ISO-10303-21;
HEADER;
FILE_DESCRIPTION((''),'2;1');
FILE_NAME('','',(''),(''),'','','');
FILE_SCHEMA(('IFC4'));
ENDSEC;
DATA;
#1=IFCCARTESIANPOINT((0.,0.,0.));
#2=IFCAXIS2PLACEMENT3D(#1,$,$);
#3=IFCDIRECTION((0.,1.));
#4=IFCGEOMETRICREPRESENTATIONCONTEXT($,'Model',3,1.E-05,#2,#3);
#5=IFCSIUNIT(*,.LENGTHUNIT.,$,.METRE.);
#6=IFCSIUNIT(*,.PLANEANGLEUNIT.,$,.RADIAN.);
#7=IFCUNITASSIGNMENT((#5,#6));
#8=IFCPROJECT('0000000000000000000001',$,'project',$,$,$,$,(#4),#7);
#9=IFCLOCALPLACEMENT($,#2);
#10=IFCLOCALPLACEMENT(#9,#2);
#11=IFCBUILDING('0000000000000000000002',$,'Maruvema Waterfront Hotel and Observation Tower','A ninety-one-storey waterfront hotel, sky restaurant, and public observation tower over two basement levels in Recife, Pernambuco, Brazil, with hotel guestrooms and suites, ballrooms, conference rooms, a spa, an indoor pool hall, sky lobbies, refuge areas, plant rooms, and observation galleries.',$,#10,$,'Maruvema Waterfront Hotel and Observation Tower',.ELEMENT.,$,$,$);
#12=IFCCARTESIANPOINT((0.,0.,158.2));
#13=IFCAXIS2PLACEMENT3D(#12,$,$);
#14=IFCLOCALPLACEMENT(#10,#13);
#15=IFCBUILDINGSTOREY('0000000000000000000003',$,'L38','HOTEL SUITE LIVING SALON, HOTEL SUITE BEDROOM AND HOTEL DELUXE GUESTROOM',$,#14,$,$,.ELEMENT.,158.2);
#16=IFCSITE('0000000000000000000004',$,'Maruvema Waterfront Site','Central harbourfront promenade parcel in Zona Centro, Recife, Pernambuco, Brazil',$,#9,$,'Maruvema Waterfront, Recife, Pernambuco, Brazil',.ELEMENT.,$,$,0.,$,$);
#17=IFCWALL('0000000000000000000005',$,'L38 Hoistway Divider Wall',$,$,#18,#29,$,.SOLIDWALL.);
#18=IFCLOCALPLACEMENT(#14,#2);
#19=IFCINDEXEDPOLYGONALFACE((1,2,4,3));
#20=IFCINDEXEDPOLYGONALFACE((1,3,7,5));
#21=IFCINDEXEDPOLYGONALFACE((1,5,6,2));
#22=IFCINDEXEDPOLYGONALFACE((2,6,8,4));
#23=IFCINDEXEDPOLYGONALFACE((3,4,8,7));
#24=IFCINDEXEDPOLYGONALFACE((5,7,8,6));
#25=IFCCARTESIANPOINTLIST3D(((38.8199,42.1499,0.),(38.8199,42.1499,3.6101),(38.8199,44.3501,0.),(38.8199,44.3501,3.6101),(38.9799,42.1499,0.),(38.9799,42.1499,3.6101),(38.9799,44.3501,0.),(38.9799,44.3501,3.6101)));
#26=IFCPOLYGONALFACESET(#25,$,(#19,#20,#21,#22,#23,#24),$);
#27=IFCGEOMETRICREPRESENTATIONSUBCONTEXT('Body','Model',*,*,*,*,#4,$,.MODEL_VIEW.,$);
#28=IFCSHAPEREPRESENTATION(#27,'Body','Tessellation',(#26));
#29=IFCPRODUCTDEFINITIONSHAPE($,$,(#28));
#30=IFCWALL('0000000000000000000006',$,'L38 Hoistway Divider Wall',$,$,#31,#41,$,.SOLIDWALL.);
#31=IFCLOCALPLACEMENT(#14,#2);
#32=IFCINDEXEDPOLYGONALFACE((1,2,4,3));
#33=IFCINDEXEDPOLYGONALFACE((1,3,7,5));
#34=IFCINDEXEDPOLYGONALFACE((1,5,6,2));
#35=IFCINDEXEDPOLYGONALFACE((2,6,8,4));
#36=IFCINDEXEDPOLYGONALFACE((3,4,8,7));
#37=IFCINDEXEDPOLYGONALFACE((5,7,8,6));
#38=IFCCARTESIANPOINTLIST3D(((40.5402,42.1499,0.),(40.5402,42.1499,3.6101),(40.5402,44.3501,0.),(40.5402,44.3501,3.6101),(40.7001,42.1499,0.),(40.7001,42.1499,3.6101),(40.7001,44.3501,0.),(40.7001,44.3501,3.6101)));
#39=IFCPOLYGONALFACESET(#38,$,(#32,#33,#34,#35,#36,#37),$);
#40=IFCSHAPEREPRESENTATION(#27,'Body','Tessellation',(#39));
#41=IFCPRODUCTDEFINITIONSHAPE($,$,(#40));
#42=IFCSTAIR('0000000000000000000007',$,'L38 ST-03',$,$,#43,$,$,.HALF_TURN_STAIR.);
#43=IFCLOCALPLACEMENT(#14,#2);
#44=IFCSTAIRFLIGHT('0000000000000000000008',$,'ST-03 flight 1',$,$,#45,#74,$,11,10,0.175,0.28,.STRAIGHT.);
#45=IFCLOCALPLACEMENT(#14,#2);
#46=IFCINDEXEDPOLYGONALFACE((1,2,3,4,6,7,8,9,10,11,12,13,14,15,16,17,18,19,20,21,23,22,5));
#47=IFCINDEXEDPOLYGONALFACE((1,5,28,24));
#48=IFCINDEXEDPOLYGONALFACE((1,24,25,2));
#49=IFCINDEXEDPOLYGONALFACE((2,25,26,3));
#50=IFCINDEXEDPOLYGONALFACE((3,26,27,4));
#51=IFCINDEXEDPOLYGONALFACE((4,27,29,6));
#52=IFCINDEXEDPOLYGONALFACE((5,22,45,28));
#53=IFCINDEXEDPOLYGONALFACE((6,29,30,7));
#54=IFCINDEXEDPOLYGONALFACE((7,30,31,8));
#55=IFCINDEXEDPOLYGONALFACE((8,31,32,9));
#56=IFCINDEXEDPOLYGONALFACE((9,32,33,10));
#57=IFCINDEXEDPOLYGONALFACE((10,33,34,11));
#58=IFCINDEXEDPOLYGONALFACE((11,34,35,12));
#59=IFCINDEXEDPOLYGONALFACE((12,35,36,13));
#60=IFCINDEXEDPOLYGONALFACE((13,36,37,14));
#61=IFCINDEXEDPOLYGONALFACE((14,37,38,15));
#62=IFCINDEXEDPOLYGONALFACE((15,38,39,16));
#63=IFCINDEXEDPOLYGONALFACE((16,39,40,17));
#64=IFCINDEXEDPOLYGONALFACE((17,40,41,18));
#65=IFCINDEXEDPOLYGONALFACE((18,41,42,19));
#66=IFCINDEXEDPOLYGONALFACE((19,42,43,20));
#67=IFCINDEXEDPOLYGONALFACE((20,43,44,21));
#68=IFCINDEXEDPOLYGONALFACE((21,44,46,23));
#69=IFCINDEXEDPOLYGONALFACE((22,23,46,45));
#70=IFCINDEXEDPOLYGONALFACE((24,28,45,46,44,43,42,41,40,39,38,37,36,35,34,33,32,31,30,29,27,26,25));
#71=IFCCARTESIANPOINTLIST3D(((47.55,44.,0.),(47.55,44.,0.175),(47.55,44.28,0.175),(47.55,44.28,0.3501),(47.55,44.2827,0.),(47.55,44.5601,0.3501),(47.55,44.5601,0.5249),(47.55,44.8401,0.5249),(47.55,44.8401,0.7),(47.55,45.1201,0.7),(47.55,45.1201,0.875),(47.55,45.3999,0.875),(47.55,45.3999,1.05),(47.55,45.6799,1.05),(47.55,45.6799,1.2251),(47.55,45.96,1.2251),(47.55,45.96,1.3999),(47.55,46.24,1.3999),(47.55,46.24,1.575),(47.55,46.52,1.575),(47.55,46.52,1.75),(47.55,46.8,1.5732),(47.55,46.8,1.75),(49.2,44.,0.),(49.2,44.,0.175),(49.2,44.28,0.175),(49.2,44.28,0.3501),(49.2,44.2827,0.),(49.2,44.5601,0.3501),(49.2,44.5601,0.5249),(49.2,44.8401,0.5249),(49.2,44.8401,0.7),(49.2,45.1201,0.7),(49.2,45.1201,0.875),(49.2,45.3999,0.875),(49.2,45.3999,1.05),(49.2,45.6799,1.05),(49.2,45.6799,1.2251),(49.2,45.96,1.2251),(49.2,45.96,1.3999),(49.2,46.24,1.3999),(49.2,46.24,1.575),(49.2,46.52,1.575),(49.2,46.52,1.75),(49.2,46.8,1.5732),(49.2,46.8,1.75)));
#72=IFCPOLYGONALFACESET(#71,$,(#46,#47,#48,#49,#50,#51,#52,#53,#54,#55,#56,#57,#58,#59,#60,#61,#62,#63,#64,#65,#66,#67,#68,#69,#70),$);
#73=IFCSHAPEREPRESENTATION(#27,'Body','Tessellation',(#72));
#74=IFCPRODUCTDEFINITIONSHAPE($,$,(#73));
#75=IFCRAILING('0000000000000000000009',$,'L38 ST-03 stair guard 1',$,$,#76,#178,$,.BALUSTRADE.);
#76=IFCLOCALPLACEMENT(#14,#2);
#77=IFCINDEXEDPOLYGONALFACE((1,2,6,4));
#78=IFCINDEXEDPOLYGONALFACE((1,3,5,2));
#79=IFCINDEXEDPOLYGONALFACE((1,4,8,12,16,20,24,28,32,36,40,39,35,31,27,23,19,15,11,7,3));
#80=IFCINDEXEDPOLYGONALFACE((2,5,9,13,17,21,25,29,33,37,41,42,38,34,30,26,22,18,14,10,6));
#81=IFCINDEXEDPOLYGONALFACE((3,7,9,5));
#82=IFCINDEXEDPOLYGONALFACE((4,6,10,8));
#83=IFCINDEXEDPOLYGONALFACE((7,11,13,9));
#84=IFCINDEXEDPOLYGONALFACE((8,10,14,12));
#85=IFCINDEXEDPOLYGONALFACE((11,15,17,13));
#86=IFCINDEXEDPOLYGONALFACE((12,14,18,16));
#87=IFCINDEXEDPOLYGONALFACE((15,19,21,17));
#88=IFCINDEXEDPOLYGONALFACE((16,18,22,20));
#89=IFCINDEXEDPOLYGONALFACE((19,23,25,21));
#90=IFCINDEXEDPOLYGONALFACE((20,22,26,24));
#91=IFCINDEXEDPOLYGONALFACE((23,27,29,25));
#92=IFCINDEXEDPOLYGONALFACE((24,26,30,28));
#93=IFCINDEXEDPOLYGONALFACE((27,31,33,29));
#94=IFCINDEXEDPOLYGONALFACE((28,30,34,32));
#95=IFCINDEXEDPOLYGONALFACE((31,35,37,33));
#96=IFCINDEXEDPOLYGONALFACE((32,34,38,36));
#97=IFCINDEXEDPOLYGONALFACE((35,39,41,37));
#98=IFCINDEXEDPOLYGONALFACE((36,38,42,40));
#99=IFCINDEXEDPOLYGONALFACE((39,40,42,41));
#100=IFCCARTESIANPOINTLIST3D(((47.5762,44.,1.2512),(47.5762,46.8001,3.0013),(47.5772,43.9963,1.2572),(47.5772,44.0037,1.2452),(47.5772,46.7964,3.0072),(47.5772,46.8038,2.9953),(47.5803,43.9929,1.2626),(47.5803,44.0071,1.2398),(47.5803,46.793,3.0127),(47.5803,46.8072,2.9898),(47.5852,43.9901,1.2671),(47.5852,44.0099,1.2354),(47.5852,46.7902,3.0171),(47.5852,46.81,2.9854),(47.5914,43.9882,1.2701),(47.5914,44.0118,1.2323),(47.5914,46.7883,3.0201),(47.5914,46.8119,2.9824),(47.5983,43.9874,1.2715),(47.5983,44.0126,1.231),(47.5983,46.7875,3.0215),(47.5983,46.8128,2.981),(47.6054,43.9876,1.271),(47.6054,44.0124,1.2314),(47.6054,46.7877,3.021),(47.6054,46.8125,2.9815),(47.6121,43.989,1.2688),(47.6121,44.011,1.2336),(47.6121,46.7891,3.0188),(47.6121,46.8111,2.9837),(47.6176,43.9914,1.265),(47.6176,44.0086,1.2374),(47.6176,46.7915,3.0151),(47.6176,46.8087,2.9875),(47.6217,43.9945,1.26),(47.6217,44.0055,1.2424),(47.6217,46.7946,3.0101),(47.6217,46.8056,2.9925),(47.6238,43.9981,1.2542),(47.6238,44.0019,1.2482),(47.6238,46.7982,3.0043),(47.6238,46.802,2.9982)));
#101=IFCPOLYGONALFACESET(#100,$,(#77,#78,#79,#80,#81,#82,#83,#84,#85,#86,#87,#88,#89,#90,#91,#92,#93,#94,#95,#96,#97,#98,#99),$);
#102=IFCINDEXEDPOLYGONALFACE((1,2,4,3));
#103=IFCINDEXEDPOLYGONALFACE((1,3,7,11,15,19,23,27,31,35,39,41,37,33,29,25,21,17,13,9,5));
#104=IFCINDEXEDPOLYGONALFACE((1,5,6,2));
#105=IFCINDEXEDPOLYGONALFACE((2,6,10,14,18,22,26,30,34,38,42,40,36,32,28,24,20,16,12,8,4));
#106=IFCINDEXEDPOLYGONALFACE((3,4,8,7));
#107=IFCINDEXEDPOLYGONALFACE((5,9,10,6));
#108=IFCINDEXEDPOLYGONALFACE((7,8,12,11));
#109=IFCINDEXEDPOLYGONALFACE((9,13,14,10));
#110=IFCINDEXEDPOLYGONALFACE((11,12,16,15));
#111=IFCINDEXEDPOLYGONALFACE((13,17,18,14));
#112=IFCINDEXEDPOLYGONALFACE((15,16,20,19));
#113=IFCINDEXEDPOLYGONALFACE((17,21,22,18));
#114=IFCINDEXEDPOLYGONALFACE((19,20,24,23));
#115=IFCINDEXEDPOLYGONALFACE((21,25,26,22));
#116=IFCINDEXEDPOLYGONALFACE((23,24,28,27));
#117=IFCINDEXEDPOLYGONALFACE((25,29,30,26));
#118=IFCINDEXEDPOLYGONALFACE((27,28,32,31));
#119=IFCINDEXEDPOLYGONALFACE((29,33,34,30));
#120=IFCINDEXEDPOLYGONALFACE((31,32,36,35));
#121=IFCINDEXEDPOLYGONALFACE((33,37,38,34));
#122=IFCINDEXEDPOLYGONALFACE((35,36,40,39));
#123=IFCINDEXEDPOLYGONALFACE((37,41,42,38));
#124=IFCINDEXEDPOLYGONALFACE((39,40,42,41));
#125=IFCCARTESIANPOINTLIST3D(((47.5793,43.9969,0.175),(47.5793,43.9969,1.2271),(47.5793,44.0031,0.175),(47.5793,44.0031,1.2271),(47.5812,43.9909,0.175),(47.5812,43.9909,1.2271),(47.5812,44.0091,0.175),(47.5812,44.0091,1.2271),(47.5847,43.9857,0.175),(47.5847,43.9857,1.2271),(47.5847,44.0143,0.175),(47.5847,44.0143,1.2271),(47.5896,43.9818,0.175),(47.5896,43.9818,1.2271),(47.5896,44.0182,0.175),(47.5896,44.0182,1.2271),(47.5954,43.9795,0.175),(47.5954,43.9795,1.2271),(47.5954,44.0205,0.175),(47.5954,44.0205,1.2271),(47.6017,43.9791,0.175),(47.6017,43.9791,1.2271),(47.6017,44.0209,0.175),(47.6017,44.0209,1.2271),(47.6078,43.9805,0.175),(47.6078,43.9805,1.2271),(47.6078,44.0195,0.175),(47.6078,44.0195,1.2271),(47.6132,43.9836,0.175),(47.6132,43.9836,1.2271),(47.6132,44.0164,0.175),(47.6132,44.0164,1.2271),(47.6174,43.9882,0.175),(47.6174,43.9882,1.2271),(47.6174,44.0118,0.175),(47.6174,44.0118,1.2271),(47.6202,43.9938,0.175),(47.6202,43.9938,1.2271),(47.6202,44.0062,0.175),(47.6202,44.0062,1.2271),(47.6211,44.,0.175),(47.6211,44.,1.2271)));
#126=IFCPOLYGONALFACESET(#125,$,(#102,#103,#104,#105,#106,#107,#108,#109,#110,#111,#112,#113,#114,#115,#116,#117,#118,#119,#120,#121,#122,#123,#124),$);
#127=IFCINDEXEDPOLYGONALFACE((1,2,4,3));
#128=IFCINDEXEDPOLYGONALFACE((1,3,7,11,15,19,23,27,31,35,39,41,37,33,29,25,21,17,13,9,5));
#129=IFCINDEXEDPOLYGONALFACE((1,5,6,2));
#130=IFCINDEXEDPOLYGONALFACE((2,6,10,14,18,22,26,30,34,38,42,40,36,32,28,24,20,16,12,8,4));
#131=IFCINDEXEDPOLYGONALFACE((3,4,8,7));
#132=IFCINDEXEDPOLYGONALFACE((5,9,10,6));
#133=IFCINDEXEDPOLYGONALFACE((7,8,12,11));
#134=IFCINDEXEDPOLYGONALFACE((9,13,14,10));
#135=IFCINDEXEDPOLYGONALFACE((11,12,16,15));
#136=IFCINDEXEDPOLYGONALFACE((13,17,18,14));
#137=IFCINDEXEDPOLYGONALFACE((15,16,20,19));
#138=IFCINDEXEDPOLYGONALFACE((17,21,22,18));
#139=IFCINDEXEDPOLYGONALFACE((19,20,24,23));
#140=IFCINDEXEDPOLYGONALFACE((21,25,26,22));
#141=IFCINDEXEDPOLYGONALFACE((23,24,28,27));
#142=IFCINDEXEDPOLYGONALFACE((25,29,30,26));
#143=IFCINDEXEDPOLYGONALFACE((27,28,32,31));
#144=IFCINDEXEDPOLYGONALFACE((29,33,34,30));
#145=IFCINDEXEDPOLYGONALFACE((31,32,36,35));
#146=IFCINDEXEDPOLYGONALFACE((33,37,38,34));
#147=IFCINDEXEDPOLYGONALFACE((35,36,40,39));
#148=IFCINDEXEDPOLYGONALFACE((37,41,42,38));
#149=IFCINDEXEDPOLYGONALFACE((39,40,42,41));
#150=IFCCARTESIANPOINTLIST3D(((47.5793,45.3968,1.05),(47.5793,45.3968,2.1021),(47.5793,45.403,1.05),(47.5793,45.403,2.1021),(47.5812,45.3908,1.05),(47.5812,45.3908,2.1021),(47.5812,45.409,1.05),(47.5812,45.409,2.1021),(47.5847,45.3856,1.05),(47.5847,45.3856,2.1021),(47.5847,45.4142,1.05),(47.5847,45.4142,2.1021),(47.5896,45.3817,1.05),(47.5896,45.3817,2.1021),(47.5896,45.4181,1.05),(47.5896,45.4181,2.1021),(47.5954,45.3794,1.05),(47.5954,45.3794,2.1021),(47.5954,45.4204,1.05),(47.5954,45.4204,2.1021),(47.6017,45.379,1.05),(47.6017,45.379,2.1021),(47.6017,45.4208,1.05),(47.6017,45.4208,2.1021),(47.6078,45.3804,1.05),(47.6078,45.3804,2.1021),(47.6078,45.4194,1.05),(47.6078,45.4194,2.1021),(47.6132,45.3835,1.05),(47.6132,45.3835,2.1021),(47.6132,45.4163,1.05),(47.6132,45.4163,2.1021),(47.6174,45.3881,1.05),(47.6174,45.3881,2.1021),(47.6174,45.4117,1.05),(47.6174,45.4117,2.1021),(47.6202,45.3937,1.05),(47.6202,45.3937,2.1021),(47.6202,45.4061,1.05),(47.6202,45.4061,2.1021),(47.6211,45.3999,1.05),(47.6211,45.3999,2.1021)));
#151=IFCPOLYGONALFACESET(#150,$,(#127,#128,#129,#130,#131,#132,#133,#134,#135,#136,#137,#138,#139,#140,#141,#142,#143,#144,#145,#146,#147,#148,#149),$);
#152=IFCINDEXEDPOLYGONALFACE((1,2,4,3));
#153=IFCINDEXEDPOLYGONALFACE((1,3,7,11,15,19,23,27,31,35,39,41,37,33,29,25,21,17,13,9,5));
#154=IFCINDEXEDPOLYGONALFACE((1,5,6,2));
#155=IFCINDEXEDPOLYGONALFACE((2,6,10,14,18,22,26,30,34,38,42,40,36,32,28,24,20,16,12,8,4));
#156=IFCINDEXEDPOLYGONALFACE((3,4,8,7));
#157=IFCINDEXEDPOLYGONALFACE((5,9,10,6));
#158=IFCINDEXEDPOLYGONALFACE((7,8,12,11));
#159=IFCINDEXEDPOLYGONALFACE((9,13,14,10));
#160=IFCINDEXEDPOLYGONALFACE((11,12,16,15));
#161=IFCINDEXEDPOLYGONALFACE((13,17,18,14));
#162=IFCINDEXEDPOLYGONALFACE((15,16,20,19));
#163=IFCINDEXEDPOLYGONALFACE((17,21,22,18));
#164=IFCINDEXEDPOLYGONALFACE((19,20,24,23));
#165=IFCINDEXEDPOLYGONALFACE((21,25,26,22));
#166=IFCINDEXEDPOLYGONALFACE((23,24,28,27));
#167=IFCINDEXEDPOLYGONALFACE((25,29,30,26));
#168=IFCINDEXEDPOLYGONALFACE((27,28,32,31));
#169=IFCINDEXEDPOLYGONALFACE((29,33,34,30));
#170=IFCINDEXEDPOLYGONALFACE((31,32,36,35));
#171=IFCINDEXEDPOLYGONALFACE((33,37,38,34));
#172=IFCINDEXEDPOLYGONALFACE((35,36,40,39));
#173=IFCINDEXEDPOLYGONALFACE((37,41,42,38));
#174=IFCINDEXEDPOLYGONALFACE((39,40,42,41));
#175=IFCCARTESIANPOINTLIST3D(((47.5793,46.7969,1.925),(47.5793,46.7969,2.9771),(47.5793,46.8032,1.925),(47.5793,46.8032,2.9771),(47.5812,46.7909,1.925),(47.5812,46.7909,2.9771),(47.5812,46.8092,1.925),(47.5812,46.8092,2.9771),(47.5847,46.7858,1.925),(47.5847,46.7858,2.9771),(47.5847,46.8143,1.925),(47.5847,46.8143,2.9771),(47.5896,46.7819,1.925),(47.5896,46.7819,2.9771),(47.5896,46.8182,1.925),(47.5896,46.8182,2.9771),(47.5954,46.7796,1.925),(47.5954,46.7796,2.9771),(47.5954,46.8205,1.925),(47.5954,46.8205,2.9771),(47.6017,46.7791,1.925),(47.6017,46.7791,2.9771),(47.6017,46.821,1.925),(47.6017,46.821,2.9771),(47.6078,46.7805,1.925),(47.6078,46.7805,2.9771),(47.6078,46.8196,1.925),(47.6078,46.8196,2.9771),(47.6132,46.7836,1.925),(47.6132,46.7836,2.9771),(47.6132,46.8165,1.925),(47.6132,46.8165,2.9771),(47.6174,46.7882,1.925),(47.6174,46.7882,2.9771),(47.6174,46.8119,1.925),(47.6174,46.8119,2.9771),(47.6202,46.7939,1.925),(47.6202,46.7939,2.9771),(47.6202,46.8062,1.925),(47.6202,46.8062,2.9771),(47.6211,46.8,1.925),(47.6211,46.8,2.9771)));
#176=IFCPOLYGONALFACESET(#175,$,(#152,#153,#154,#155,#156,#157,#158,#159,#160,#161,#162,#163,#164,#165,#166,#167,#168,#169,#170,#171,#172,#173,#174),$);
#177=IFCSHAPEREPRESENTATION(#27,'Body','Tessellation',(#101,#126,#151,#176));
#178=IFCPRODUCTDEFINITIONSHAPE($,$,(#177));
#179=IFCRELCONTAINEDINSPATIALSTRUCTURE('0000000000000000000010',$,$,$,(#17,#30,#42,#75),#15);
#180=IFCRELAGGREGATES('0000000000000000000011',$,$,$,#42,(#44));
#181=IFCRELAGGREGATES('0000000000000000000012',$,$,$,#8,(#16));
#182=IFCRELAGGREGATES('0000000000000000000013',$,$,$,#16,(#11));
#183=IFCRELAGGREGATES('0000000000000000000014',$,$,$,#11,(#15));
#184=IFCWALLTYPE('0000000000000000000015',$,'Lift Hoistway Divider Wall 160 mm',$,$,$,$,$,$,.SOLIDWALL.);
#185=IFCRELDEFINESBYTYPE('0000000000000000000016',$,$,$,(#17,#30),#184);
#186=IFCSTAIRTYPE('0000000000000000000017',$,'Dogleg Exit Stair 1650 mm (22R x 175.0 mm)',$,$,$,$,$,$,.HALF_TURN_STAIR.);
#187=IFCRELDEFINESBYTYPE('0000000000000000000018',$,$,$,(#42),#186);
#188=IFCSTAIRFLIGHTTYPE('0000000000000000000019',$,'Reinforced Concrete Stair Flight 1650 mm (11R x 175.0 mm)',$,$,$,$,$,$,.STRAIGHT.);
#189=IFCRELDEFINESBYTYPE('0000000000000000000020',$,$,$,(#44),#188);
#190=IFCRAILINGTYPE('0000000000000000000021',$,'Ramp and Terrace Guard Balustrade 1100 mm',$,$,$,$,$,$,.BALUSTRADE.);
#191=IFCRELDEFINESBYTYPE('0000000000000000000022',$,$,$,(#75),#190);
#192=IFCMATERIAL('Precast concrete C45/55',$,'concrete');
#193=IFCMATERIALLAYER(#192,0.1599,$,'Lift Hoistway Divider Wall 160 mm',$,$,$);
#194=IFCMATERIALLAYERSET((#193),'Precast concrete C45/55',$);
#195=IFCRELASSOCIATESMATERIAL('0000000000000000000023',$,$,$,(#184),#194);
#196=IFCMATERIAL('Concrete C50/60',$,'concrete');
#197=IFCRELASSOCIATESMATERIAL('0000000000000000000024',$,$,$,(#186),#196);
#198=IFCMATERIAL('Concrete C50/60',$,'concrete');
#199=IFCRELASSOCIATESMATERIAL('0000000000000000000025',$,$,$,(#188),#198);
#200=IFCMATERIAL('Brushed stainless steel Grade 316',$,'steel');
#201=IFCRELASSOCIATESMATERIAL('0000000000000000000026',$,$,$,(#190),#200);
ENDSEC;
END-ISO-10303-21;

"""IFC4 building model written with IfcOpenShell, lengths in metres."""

from ifc_helpers import new_model, si_unit, direction, frame, frame_2d, origin, origin_2d, place, context, subcontext, project, spatial, polyline, rectangle, circle, outline, extrude, material, layer, layer_set, type_object, element, aggregate, save


model = new_model("IFC4")

# Units and contexts
model_context = context("Model", 3, precision=1e-05, world=origin(), true_north=direction((0.0, 1.0)))
body_context = subcontext(model_context, "Body", "Model", "MODEL_VIEW")
ifc_project = project(units=[si_unit("LENGTHUNIT", "METRE"), si_unit("PLANEANGLEUNIT", "RADIAN")], contexts=[model_context])

# Site, building, storey
site_placement = place(None, origin())
site = spatial("IfcSite", under=ifc_project, at=site_placement, Name="Maruvema Waterfront Site", Description="Central harbourfront promenade parcel in Zona Centro, Recife, Pernambuco, Brazil", LongName="Maruvema Waterfront, Recife, Pernambuco, Brazil", CompositionType="ELEMENT", RefElevation=0.0)
building_placement = place(site_placement, origin())
building = spatial("IfcBuilding", under=site, at=building_placement, Name="Maruvema Waterfront Hotel and Observation Tower", Description="A ninety-one-storey waterfront hotel, sky restaurant, and public observation tower over two basement levels in Recife, Pernambuco, Brazil, with hotel guestrooms and suites, ballrooms, conference rooms, a spa, an indoor pool hall, sky lobbies, refuge areas, plant rooms, and observation galleries.", LongName="Maruvema Waterfront Hotel and Observation Tower", CompositionType="ELEMENT")
storey_placement = place(building_placement, frame((0.0, 0.0, 158.2)))
storey = spatial("IfcBuildingStorey", under=building, at=storey_placement, Name="L38", Description="HOTEL SUITE LIVING SALON, HOTEL SUITE BEDROOM AND HOTEL DELUXE GUESTROOM", CompositionType="ELEMENT", Elevation=158.2)

# Walls
ifc_material_1 = material(Name="Precast concrete C45/55", Category="concrete")
ifc_layer_1 = layer(ifc_material_1, 0.1599, Name="Lift Hoistway Divider Wall 160 mm")
ifc_layer_set_1 = layer_set([ifc_layer_1], Name="Precast concrete C45/55")
wall_type_1 = type_object("IfcWallType", Name="Lift Hoistway Divider Wall 160 mm", PredefinedType="SOLIDWALL", material=ifc_layer_set_1)
for number, where, z_axis, x_axis, name in (
    (1, (38.8999, 42.1499, 0.0), (0.0, 0.0, 1.0), (0.0, 1.0, 0.0), "L38 Hoistway Divider Wall"),
    (2, (40.6201, 42.1499, 0.0), (0.0, 0.0, 1.0), (0.0, 1.0, 0.0), "L38 Hoistway Divider Wall"),
):
    element("IfcWall", number, at=place(storey_placement, frame(where, z_axis=z_axis, x_axis=x_axis)), inside=storey, type_object=wall_type_1, Name=name, PredefinedType="SOLIDWALL", context=body_context, shape_type="SweptSolid", body=[
        extrude(rectangle(XDim=2.2002, YDim=0.1599, at=frame_2d((1.1001, 0.0))), origin(), (0.0, 0.0, 1.0), 3.6101),
    ])

# Stair, stair flight
ifc_material_2 = material(Name="Concrete C50/60", Category="concrete")
stair_type = type_object("IfcStairType", Name="Dogleg Exit Stair 1650 mm (22R x 175.0 mm)", PredefinedType="HALF_TURN_STAIR", material=ifc_material_2)
stair_placement = place(storey_placement, origin())
stair = element("IfcStair", 3, at=stair_placement, inside=storey, type_object=stair_type, Name="L38 ST-03", PredefinedType="HALF_TURN_STAIR")
ifc_material_3 = material(Name="Concrete C50/60", Category="concrete")
stair_flight_type = type_object("IfcStairFlightType", Name="Reinforced Concrete Stair Flight 1650 mm (11R x 175.0 mm)", PredefinedType="STRAIGHT", material=ifc_material_3)
stair_flight_placement = place(storey_placement, frame((48.375, 44.0, 0.0), z_axis=(0.0, 0.0, 1.0), x_axis=(0.0, 1.0, 0.0)))
stair_flight = element("IfcStairFlight", 4, at=stair_flight_placement, type_object=stair_flight_type, Name="ST-03 flight 1", NumberOfRisers=11, NumberOfTreads=10, PredefinedType="STRAIGHT", RiserHeight=0.175, TreadLength=0.28, context=body_context, shape_type="SweptSolid", body=[
    extrude(outline(polyline([(0.0, 0.0), (0.0, 0.175), (0.28, 0.175), (0.28, 0.3501), (0.5601, 0.3501), (0.5601, 0.5249), (0.8401, 0.5249), (0.8401, 0.7), (1.1201, 0.7), (1.1201, 0.875), (1.3999, 0.875), (1.3999, 1.05), (1.6799, 1.05), (1.6799, 1.2251), (1.96, 1.2251), (1.96, 1.3999), (2.24, 1.3999), (2.24, 1.575), (2.52, 1.575), (2.52, 1.75), (2.8, 1.75), (2.8, 1.925), (2.8, 1.5732), (0.2827, 0.0), (0.0, 0.0)])), frame((0.0, 0.825, 0.0), z_axis=(0.0, -1.0, 0.0), x_axis=(1.0, 0.0, 0.0)), (0.0, 0.0, 1.0), 1.6499),
])
aggregate(stair, [stair_flight])

# Railing
ifc_material_4 = material(Name="Brushed stainless steel Grade 316", Category="steel")
railing_type = type_object("IfcRailingType", Name="Ramp and Terrace Guard Balustrade 1100 mm", PredefinedType="BALUSTRADE", material=ifc_material_4)
railing_1_placement = place(storey_placement, frame((47.6001, 44.0, 0.175)))
element("IfcRailing", 5, at=railing_1_placement, inside=storey, type_object=railing_type, Name="L38 ST-03 stair guard 1", PredefinedType="BALUSTRADE", context=body_context, shape_type="SweptSolid", body=[
    extrude(circle(Radius=0.0239, at=origin_2d()), frame((0.0, 0.0, 1.0762), z_axis=(0.0, 0.848002, 0.529992), x_axis=(-1.0, 0.0, 0.0)), (0.0, 0.0, 1.0), 3.302),
    extrude(circle(Radius=0.021, at=origin_2d()), origin(), (0.0, 0.0, 1.0), 1.052),
    extrude(circle(Radius=0.021, at=origin_2d()), frame((0.0, 1.3999, 0.875)), (0.0, 0.0, 1.0), 1.052),
    extrude(circle(Radius=0.021, at=origin_2d()), frame((0.0, 2.8, 1.75)), (0.0, 0.0, 1.0), 1.052),
])

save(model, "model.ifc")
